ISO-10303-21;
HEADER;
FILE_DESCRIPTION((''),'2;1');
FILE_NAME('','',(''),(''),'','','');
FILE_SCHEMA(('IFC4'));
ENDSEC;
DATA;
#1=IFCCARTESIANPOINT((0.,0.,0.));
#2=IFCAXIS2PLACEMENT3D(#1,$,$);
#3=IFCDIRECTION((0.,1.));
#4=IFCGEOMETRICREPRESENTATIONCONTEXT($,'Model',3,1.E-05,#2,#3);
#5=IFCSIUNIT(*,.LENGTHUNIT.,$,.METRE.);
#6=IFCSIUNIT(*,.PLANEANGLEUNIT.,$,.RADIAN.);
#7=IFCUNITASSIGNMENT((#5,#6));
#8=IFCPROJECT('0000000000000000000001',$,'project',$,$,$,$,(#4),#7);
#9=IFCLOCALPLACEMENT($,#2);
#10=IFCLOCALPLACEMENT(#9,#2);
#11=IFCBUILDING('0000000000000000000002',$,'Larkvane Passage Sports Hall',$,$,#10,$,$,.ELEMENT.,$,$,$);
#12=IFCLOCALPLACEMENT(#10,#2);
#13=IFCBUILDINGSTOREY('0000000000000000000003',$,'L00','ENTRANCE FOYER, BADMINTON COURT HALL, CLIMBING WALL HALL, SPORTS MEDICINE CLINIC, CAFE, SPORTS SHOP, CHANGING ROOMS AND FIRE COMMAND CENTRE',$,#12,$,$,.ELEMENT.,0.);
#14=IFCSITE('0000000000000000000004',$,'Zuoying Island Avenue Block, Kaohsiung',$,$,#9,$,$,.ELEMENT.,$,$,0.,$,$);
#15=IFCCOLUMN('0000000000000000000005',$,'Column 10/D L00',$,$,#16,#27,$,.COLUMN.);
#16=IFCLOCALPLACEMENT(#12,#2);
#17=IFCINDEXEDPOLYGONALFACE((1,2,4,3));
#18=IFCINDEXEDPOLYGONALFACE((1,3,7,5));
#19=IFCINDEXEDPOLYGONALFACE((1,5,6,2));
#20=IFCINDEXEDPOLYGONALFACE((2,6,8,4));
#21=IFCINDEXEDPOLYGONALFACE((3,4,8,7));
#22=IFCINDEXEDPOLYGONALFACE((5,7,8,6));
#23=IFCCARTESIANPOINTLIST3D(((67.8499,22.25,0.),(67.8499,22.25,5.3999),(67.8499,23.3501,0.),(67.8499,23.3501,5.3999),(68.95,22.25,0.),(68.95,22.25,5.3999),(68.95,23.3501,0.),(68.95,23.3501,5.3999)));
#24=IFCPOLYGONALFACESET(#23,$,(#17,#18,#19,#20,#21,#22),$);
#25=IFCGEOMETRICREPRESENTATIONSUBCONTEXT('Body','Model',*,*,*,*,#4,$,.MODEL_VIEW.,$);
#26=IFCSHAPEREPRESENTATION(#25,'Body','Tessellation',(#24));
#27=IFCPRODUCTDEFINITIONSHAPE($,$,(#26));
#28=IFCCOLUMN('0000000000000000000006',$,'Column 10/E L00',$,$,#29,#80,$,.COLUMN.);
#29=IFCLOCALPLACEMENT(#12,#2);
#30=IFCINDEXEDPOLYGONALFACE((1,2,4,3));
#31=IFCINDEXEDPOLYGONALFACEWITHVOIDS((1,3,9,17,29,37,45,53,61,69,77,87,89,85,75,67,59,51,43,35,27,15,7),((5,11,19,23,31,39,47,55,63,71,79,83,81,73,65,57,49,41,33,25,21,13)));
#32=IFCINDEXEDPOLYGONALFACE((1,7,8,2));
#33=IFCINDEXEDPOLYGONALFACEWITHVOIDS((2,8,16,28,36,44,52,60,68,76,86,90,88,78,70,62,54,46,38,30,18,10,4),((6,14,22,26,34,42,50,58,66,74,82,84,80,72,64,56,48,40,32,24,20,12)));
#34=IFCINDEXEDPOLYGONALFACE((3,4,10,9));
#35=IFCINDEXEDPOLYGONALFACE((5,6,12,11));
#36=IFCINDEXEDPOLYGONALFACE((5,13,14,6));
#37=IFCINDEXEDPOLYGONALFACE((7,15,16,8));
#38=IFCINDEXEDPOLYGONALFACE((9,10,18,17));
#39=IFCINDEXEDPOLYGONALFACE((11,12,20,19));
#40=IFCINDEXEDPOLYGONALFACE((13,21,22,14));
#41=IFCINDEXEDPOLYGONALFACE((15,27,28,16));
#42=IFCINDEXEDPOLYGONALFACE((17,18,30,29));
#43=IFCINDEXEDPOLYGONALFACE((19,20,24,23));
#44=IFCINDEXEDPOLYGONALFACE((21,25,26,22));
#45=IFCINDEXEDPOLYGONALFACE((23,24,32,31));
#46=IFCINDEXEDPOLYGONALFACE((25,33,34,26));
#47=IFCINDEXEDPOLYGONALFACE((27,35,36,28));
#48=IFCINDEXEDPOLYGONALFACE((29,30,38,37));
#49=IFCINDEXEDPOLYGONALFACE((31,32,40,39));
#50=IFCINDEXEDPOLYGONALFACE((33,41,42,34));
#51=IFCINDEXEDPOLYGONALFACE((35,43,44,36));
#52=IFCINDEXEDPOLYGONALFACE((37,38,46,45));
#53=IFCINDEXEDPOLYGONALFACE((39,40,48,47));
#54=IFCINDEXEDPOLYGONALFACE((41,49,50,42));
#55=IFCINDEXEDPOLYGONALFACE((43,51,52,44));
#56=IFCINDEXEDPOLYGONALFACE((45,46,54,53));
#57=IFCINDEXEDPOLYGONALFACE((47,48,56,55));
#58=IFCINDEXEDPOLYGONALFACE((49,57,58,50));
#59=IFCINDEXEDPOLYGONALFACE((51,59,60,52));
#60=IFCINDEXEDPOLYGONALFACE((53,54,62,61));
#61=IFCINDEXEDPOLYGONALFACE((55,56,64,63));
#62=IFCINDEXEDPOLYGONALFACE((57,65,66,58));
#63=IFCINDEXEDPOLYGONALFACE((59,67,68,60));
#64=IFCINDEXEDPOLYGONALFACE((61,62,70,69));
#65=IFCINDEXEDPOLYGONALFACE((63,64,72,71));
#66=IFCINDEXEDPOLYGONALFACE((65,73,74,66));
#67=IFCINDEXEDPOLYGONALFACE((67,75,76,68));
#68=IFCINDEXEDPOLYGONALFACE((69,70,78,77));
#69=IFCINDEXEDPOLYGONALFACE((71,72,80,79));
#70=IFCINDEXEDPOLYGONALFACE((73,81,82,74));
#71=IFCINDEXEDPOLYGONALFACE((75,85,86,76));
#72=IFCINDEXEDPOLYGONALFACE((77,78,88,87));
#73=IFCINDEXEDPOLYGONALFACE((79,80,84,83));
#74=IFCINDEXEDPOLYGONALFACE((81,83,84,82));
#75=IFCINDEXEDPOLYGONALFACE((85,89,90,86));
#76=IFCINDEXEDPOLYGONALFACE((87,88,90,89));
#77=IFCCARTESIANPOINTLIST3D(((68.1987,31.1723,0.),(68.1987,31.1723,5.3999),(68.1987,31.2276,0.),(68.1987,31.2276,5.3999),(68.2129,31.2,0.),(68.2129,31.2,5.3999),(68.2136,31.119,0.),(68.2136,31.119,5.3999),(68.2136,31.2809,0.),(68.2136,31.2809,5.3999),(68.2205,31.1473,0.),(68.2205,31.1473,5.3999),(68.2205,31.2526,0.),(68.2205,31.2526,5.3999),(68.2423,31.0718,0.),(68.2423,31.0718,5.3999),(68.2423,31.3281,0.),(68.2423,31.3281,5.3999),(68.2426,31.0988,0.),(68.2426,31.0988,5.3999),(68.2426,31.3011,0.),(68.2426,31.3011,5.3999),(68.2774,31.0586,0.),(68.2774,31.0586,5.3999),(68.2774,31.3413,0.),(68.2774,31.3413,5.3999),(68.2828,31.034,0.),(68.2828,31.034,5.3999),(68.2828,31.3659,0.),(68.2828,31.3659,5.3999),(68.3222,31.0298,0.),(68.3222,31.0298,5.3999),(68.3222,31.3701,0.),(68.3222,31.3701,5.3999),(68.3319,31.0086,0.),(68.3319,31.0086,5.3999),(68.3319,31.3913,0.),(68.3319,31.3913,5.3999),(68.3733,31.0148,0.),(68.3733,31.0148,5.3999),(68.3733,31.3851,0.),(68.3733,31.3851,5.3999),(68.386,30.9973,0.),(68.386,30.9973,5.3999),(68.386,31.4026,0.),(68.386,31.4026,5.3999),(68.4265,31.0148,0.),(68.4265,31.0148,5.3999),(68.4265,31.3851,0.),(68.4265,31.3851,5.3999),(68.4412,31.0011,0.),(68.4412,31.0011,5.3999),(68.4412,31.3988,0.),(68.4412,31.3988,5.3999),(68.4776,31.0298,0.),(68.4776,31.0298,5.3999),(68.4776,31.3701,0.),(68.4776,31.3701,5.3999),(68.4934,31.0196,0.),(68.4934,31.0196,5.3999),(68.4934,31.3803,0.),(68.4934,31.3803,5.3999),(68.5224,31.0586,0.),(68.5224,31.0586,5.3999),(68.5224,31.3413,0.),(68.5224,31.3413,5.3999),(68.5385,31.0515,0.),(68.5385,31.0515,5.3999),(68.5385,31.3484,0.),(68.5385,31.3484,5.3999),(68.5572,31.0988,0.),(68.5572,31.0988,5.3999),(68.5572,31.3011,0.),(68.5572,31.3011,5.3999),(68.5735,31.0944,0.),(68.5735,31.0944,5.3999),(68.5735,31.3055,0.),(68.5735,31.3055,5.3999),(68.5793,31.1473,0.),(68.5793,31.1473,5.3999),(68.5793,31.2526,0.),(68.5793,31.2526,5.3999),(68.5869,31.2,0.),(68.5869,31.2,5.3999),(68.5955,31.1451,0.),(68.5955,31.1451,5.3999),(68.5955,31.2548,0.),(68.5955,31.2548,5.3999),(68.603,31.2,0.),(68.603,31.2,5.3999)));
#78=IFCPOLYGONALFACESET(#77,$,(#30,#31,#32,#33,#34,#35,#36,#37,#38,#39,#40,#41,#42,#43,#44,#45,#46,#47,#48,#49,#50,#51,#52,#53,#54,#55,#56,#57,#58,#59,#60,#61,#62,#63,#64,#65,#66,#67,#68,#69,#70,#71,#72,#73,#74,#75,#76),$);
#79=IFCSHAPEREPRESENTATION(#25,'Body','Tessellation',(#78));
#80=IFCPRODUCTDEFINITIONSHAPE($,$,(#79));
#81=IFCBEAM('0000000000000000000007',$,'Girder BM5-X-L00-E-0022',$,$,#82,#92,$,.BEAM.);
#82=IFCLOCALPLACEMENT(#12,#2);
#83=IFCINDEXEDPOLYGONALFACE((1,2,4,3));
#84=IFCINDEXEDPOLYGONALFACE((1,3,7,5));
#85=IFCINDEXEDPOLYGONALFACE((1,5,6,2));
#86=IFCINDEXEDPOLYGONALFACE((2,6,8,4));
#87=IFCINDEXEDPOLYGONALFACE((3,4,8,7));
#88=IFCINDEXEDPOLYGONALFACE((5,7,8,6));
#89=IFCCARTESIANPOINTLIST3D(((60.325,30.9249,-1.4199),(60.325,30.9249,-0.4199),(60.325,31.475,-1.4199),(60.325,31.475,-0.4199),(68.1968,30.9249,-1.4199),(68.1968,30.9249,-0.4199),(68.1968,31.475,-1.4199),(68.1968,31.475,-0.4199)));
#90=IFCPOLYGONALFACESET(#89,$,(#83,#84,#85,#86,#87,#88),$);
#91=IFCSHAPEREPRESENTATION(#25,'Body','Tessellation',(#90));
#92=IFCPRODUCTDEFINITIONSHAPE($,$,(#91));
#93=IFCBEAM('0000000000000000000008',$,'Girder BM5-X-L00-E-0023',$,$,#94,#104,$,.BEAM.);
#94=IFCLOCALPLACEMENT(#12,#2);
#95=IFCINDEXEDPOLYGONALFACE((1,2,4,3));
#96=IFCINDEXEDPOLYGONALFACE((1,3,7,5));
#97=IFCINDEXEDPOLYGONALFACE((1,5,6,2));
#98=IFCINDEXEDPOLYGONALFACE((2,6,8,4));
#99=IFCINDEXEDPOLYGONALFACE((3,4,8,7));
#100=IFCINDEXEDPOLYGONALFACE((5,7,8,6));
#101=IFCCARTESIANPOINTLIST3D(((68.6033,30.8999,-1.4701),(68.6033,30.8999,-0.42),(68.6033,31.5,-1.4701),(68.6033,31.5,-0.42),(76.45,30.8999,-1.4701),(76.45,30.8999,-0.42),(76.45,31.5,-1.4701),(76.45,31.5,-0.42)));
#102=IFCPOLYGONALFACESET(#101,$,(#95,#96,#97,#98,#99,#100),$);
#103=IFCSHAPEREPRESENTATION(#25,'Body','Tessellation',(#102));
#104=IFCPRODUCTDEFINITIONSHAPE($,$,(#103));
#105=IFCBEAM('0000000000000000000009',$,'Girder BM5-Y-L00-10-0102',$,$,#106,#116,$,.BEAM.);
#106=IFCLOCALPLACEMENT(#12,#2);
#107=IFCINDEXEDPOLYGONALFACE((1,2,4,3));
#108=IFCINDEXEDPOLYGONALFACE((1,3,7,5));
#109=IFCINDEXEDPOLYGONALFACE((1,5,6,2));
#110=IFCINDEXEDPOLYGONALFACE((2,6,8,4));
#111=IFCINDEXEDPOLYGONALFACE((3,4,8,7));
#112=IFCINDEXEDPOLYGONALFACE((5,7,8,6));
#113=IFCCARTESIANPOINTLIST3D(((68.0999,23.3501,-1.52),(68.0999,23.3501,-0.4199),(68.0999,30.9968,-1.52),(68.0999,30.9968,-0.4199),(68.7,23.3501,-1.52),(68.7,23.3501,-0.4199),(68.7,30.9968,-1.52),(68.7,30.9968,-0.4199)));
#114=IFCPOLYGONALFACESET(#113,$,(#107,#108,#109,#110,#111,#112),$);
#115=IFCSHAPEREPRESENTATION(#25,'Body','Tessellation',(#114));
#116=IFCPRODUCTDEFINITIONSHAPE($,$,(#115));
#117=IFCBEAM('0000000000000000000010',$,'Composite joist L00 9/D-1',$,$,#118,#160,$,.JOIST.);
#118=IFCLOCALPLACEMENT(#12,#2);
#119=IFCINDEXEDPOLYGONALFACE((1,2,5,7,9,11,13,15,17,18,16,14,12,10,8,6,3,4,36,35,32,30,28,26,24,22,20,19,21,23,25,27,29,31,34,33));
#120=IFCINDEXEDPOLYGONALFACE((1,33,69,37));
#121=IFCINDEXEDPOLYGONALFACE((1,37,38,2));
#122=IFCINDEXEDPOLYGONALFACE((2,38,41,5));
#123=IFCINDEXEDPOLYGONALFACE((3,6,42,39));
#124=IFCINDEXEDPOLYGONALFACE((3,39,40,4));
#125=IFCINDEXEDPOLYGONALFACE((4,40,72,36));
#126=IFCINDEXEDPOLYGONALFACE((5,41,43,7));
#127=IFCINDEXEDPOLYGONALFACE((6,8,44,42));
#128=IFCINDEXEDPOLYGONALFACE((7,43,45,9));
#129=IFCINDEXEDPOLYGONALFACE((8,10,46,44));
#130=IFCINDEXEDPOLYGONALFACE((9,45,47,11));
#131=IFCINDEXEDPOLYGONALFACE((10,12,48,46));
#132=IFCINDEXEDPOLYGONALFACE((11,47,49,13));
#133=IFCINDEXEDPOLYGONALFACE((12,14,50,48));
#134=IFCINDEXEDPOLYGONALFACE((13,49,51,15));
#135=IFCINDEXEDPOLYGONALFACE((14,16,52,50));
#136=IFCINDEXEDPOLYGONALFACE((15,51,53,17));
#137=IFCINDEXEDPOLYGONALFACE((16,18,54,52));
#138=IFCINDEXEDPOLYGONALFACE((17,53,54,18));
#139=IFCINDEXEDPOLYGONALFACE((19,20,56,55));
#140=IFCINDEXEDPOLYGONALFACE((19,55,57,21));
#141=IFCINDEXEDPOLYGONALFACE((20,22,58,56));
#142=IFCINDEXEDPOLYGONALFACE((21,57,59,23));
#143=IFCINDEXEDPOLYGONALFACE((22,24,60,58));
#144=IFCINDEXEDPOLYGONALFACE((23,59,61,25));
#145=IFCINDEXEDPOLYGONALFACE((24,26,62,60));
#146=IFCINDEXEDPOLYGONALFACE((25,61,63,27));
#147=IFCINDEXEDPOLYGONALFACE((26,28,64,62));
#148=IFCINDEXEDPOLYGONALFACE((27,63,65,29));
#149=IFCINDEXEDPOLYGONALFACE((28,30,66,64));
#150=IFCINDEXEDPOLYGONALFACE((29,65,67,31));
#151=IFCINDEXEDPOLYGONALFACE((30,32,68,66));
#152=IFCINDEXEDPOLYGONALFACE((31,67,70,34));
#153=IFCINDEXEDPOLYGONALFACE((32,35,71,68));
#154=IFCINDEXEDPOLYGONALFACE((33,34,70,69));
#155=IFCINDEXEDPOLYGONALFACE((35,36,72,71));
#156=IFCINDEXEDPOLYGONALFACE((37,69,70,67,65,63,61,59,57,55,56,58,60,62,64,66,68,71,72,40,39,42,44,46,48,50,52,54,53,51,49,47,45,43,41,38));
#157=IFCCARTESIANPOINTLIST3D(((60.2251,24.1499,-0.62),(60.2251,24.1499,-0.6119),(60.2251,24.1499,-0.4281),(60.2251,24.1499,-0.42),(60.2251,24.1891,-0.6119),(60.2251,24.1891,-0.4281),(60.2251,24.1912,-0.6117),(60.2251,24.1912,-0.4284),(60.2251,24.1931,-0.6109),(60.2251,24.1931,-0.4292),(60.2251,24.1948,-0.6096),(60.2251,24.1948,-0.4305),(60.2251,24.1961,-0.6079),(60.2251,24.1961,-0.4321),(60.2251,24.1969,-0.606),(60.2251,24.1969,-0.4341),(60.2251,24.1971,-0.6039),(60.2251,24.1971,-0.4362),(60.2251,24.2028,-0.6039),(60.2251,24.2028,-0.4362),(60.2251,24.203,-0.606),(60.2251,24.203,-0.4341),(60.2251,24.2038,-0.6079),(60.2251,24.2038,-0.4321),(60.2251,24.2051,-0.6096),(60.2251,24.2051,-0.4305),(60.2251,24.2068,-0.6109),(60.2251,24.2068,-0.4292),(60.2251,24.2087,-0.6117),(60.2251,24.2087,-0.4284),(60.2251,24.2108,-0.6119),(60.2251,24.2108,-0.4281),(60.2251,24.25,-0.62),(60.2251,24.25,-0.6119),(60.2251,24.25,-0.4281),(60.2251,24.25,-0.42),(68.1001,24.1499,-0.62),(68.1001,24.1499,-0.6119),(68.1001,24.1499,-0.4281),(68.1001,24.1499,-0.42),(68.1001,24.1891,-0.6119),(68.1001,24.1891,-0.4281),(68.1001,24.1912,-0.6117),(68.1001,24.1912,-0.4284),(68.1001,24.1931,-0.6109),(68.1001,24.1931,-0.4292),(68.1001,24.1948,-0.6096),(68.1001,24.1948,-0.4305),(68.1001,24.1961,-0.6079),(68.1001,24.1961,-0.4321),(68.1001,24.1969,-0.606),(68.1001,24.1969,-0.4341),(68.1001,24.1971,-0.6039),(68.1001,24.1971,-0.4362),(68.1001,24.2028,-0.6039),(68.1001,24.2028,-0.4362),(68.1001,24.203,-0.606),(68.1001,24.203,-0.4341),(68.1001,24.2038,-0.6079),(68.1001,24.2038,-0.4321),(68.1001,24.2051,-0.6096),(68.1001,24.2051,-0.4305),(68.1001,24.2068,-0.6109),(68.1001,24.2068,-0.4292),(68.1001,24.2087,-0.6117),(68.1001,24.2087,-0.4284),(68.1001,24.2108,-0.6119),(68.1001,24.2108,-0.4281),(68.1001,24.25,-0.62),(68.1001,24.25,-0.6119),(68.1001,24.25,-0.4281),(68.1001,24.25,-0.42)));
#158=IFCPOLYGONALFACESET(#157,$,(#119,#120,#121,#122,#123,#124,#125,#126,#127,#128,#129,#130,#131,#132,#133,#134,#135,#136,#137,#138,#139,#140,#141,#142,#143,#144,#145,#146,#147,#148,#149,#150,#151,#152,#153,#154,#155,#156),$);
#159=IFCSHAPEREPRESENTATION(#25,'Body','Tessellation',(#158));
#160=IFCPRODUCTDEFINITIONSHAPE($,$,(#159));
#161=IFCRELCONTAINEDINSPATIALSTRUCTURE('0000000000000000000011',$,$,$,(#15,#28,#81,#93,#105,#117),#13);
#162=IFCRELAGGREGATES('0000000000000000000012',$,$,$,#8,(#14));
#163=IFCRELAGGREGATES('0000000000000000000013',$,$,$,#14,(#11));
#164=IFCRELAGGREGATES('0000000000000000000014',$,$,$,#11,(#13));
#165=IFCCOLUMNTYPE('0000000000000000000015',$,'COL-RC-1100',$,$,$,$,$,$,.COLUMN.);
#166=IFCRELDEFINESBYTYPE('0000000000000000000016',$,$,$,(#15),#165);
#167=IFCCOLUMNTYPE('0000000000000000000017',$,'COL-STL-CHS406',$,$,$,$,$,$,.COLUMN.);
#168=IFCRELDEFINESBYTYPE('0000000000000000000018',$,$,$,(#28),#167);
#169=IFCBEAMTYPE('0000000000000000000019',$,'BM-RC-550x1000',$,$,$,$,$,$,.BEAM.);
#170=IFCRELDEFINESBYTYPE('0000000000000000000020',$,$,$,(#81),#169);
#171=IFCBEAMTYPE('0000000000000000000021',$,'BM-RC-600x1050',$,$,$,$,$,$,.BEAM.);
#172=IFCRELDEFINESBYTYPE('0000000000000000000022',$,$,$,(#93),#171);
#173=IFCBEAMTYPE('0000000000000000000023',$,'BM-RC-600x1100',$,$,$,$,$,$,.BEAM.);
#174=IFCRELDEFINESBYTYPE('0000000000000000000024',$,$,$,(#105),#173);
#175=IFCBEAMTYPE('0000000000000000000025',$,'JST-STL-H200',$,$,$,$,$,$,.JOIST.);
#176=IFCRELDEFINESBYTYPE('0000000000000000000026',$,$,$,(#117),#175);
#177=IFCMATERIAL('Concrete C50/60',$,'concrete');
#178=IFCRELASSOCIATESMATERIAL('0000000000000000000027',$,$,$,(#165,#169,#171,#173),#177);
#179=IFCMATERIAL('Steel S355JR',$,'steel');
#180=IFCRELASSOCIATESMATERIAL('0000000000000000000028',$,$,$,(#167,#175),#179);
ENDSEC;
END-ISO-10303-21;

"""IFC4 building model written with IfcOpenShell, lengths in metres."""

from ifc_helpers import new_model, si_unit, direction, frame, origin, origin_2d, place, context, subcontext, project, spatial, rectangle, hollow_circle, i_section, extrude, material, material_profile, profile_set, type_object, element, save


model = new_model("IFC4")

# Units and contexts
model_context = context("Model", 3, precision=1e-05, world=origin(), true_north=direction((0.0, 1.0)))
body_context = subcontext(model_context, "Body", "Model", "MODEL_VIEW")
ifc_project = project(units=[si_unit("LENGTHUNIT", "METRE"), si_unit("PLANEANGLEUNIT", "RADIAN")], contexts=[model_context])

# Site, building, storey
site_placement = place(None, origin())
site = spatial("IfcSite", under=ifc_project, at=site_placement, Name="Zuoying Island Avenue Block, Kaohsiung", CompositionType="ELEMENT", RefElevation=0.0)
building_placement = place(site_placement, origin())
building = spatial("IfcBuilding", under=site, at=building_placement, Name="Larkvane Passage Sports Hall", CompositionType="ELEMENT")
storey_placement = place(building_placement, origin())
storey = spatial("IfcBuildingStorey", under=building, at=storey_placement, Name="L00", Description="ENTRANCE FOYER, BADMINTON COURT HALL, CLIMBING WALL HALL, SPORTS MEDICINE CLINIC, CAFE, SPORTS SHOP, CHANGING ROOMS AND FIRE COMMAND CENTRE", CompositionType="ELEMENT", Elevation=0.0)

# Columns
ifc_material_1 = material(Name="Concrete C50/60", Category="concrete")
ifc_material_profile_1 = material_profile(ifc_material_1, rectangle(XDim=1.1001, YDim=1.1001, at=origin_2d()), Name="RC-COL-1100x1100")
ifc_profile_set_1 = profile_set([ifc_material_profile_1], Name="Concrete C50/60")
column_type_1 = type_object("IfcColumnType", Name="COL-RC-1100", PredefinedType="COLUMN", material=ifc_profile_set_1)
column_1_placement = place(storey_placement, frame((68.3999, 22.8, 0.0), z_axis=(0.0, 0.0, 1.0), x_axis=(1.0, 0.0, 0.0)))
element("IfcColumn", 1, at=column_1_placement, inside=storey, type_object=column_type_1, Name="Column 10/D L00", PredefinedType="COLUMN", context=body_context, shape_type="SweptSolid", body=[
    extrude(rectangle(XDim=1.1001, YDim=1.1001, at=origin_2d()), origin(), (0.0, 0.0, 1.0), 5.3999),
])
ifc_material_2 = material(Name="Steel S355JR", Category="steel")
ifc_material_profile_2 = material_profile(ifc_material_2, hollow_circle(Radius=0.2031, WallThickness=0.0161, at=origin_2d()), Name="CHS-406.4x16.0")
ifc_profile_set_2 = profile_set([ifc_material_profile_2], Name="Steel S355JR")
column_type_2 = type_object("IfcColumnType", Name="COL-STL-CHS406", PredefinedType="COLUMN", material=ifc_profile_set_2)
column_2_placement = place(storey_placement, frame((68.3999, 31.2, 0.0), z_axis=(0.0, 0.0, 1.0), x_axis=(1.0, 0.0, 0.0)))
element("IfcColumn", 2, at=column_2_placement, inside=storey, type_object=column_type_2, Name="Column 10/E L00", PredefinedType="COLUMN", context=body_context, shape_type="SweptSolid", body=[
    extrude(hollow_circle(Radius=0.2031, WallThickness=0.0161, at=origin_2d()), origin(), (0.0, 0.0, 1.0), 5.3999),
])

# Beams
ifc_material_profile_3 = material_profile(ifc_material_1, rectangle(XDim=0.55, YDim=1.0, at=origin_2d()), Name="RC-BM-550x1000")
ifc_profile_set_3 = profile_set([ifc_material_profile_3], Name="Concrete C50/60")
beam_type_1 = type_object("IfcBeamType", Name="BM-RC-550x1000", PredefinedType="BEAM", material=ifc_profile_set_3)
beam_1_placement = place(storey_placement, frame((60.325, 31.2, -0.9199), z_axis=(1.0, 0.0, 0.0), x_axis=(0.0, 1.0, 0.0)))
element("IfcBeam", 3, at=beam_1_placement, inside=storey, type_object=beam_type_1, Name="Girder BM5-X-L00-E-0022", PredefinedType="BEAM", context=body_context, shape_type="SweptSolid", body=[
    extrude(rectangle(XDim=0.55, YDim=1.0, at=origin_2d()), origin(), (0.0, 0.0, 1.0), 7.8718),
])
ifc_material_profile_4 = material_profile(ifc_material_1, rectangle(XDim=0.6001, YDim=1.05, at=origin_2d()), Name="RC-BM-600x1050")
ifc_profile_set_4 = profile_set([ifc_material_profile_4], Name="Concrete C50/60")
beam_type_2 = type_object("IfcBeamType", Name="BM-RC-600x1050", PredefinedType="BEAM", material=ifc_profile_set_4)
beam_2_placement = place(storey_placement, frame((68.6033, 31.2, -0.9451), z_axis=(1.0, 0.0, 0.0), x_axis=(0.0, 1.0, 0.0)))
element("IfcBeam", 4, at=beam_2_placement, inside=storey, type_object=beam_type_2, Name="Girder BM5-X-L00-E-0023", PredefinedType="BEAM", context=body_context, shape_type="SweptSolid", body=[
    extrude(rectangle(XDim=0.6001, YDim=1.05, at=origin_2d()), origin(), (0.0, 0.0, 1.0), 7.8467),
])
ifc_material_profile_5 = material_profile(ifc_material_1, rectangle(XDim=0.6001, YDim=1.1001, at=origin_2d()), Name="RC-BM-600x1100")
ifc_profile_set_5 = profile_set([ifc_material_profile_5], Name="Concrete C50/60")
beam_type_3 = type_object("IfcBeamType", Name="BM-RC-600x1100", PredefinedType="BEAM", material=ifc_profile_set_5)
beam_3_placement = place(storey_placement, frame((68.3999, 23.3501, -0.97), z_axis=(0.0, 1.0, 0.0), x_axis=(-1.0, 0.0, 0.0)))
element("IfcBeam", 5, at=beam_3_placement, inside=storey, type_object=beam_type_3, Name="Girder BM5-Y-L00-10-0102", PredefinedType="BEAM", context=body_context, shape_type="SweptSolid", body=[
    extrude(rectangle(XDim=0.6001, YDim=1.1001, at=origin_2d()), origin(), (0.0, 0.0, 1.0), 7.6467),
])
ifc_material_profile_6 = material_profile(ifc_material_2, i_section(OverallWidth=0.1001, OverallDepth=0.2, WebThickness=0.0056, FlangeThickness=0.0081, FilletRadius=0.0081, at=origin_2d()), Name="H-200x100x5.5x8")
ifc_profile_set_6 = profile_set([ifc_material_profile_6], Name="Steel S355JR")
beam_type_4 = type_object("IfcBeamType", Name="JST-STL-H200", PredefinedType="JOIST", material=ifc_profile_set_6)
beam_4_placement = place(storey_placement, frame((60.2251, 24.2, -0.52), z_axis=(1.0, 0.0, 0.0), x_axis=(0.0, 1.0, 0.0)))
element("IfcBeam", 6, at=beam_4_placement, inside=storey, type_object=beam_type_4, Name="Composite joist L00 9/D-1", PredefinedType="JOIST", context=body_context, shape_type="SweptSolid", body=[
    extrude(i_section(OverallWidth=0.1001, OverallDepth=0.2, WebThickness=0.0056, FlangeThickness=0.0081, FilletRadius=0.0081, at=origin_2d()), origin(), (0.0, 0.0, 1.0), 7.875),
])

save(model, "model.ifc")
